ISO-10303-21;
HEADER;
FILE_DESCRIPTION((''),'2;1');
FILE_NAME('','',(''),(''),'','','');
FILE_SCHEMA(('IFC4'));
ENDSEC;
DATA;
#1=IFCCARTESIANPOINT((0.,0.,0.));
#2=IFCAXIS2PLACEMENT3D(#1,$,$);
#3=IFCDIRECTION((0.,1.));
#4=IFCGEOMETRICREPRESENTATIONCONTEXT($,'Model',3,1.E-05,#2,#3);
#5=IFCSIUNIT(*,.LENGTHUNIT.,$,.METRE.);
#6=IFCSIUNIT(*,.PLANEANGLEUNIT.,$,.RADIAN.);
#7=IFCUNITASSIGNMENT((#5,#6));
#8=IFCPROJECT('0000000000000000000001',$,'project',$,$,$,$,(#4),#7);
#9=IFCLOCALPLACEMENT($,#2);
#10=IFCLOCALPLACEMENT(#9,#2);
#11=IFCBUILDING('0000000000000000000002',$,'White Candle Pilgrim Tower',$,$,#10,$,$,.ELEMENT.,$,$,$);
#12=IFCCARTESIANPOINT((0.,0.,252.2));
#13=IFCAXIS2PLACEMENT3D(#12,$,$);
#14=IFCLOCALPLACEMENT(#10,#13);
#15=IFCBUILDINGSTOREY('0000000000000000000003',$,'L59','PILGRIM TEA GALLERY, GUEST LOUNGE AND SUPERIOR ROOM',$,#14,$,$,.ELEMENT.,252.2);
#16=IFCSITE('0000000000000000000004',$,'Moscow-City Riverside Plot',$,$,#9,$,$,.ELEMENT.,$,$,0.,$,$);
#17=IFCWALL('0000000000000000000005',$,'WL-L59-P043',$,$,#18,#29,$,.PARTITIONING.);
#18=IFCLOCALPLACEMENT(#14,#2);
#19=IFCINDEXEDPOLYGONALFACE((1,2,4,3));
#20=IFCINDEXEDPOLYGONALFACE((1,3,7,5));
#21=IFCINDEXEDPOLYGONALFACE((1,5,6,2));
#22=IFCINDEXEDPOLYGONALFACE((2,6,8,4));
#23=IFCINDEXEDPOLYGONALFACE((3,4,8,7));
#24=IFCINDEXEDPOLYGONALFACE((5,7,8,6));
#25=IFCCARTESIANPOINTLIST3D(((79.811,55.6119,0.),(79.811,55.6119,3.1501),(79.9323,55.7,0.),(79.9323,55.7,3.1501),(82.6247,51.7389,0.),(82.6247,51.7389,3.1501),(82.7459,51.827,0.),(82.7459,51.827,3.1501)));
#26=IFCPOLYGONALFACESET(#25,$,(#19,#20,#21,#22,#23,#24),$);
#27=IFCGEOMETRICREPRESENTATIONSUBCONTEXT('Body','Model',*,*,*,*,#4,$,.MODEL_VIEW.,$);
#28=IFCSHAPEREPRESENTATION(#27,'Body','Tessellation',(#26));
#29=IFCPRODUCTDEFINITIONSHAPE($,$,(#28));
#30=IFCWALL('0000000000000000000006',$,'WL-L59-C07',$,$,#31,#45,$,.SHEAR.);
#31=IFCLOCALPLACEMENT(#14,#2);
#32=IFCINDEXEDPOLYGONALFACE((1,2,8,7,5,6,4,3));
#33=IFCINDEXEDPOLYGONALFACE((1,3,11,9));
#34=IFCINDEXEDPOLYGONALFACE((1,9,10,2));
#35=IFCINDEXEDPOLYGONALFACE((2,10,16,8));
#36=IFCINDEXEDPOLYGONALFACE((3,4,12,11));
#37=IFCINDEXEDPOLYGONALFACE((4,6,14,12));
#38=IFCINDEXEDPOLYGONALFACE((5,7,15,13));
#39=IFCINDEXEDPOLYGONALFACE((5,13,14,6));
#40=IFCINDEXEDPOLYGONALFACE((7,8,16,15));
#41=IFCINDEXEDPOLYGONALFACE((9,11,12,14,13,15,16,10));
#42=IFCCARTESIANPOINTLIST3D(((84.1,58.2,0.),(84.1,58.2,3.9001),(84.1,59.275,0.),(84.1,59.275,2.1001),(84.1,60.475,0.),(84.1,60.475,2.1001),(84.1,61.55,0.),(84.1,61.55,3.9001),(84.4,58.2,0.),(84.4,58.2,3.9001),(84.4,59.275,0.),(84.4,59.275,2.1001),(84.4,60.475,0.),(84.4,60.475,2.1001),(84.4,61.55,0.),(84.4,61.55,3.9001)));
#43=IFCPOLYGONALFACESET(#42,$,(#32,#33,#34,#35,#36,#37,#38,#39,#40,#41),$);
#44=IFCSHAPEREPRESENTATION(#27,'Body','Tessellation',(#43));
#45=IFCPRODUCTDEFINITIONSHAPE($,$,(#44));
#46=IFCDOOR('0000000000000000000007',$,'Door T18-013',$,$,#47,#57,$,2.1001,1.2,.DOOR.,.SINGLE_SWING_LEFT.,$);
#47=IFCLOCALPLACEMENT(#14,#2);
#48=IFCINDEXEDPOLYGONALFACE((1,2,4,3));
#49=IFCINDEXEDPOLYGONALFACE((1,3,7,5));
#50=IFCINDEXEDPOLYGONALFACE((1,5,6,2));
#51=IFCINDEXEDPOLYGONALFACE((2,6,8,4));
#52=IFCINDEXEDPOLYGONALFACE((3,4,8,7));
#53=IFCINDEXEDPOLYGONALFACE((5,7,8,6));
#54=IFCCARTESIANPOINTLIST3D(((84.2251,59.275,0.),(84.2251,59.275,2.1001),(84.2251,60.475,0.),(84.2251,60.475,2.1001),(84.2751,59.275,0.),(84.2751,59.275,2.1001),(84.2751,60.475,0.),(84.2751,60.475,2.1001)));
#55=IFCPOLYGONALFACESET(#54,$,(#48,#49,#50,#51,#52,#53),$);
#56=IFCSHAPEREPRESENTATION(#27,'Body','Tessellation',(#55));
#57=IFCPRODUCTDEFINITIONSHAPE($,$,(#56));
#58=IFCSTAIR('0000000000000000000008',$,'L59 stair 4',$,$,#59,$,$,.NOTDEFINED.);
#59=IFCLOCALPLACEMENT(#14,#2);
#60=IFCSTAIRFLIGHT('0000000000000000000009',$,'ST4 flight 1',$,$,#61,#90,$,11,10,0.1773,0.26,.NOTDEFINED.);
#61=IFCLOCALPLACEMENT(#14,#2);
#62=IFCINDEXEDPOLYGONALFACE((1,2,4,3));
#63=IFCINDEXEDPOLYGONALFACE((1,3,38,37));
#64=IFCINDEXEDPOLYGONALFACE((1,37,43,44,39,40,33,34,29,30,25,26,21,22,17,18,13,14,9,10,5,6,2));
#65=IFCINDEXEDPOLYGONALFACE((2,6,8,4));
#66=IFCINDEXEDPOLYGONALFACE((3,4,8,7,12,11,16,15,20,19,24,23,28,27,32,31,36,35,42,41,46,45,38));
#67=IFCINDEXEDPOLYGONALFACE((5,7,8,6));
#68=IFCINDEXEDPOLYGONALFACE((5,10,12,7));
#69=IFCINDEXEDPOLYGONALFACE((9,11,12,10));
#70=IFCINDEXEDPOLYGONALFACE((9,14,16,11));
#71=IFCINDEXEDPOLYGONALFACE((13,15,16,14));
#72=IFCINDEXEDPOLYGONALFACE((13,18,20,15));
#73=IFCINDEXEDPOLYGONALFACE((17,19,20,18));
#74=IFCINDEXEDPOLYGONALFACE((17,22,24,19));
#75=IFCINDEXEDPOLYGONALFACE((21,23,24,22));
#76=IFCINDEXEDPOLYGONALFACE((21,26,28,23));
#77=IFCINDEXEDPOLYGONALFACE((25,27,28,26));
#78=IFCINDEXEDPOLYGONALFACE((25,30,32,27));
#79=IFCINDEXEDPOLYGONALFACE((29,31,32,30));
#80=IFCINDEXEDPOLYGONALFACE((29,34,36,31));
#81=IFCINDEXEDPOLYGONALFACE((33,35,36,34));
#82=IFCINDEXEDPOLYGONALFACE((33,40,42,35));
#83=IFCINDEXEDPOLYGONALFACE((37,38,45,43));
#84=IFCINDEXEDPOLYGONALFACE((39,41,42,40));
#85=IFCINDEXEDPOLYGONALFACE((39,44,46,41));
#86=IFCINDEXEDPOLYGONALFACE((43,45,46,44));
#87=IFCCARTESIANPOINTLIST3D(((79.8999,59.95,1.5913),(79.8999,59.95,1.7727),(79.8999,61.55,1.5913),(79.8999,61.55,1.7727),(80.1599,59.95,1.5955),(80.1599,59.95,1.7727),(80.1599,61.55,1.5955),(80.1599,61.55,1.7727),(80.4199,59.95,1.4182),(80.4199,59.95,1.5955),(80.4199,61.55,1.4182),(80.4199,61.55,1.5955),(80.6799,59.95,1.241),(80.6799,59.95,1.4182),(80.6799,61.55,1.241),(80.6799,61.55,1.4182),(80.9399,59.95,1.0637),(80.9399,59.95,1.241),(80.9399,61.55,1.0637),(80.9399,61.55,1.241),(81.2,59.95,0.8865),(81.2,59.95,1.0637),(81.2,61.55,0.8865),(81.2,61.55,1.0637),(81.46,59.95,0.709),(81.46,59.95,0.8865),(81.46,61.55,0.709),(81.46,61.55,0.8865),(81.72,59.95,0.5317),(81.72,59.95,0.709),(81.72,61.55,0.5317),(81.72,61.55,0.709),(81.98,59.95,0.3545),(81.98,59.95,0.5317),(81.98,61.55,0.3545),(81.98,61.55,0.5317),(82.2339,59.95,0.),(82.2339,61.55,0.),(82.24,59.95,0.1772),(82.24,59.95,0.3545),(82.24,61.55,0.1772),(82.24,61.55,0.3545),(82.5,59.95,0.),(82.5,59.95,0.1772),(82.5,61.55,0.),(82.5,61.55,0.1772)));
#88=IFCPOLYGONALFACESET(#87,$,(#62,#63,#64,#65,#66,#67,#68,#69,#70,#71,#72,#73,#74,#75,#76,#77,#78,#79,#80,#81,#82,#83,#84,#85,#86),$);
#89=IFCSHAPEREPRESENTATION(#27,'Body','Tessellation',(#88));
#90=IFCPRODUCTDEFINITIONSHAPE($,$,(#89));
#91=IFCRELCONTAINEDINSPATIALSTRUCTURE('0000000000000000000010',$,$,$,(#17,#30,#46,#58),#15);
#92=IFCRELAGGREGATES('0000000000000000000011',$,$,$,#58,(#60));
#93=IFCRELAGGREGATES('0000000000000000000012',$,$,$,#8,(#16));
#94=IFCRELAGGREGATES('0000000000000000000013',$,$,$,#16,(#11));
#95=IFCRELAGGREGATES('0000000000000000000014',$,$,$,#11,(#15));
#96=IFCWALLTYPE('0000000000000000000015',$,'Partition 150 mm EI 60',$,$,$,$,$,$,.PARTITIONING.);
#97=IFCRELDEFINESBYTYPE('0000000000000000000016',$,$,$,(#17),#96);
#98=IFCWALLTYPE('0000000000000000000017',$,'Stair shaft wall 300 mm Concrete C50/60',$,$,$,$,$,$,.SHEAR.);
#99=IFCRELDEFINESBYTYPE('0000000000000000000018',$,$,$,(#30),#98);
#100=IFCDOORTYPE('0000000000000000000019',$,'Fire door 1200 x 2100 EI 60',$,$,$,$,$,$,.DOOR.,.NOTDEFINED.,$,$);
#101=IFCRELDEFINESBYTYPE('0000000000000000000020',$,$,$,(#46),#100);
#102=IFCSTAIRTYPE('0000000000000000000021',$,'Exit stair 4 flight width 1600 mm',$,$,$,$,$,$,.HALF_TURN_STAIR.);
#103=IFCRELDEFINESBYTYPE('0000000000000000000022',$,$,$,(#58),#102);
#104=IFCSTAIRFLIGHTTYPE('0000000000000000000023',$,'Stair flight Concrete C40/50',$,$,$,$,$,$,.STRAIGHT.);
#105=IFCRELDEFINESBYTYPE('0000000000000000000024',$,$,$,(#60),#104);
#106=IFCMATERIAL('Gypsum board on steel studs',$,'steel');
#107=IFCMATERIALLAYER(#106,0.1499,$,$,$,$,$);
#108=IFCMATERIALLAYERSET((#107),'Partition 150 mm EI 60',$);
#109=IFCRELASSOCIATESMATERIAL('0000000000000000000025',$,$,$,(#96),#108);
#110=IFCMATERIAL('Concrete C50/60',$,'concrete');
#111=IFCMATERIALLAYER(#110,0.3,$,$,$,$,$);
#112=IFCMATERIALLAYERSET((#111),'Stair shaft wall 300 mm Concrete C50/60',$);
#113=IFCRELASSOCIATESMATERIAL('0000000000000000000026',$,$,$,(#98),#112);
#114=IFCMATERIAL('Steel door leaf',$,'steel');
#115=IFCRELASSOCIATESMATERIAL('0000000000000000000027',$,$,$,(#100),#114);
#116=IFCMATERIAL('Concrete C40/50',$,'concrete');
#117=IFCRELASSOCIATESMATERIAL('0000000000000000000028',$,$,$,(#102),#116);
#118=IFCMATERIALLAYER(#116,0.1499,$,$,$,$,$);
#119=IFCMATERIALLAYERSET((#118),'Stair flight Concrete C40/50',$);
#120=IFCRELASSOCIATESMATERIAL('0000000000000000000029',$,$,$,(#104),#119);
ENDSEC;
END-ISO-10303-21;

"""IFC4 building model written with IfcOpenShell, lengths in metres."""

from ifc_helpers import new_model, si_unit, direction, frame, frame_2d, origin, place, context, subcontext, project, spatial, polyline, rectangle, outline, extrude, material, layer, layer_set, type_object, element, fill, aggregate, save


model = new_model("IFC4")

# Units and contexts
model_context = context("Model", 3, precision=1e-05, world=origin(), true_north=direction((0.0, 1.0)))
body_context = subcontext(model_context, "Body", "Model", "MODEL_VIEW")
ifc_project = project(units=[si_unit("LENGTHUNIT", "METRE"), si_unit("PLANEANGLEUNIT", "RADIAN")], contexts=[model_context])

# Site, building, storey
site_placement = place(None, origin())
site = spatial("IfcSite", under=ifc_project, at=site_placement, Name="Moscow-City Riverside Plot", CompositionType="ELEMENT", RefElevation=0.0)
building_placement = place(site_placement, origin())
building = spatial("IfcBuilding", under=site, at=building_placement, Name="White Candle Pilgrim Tower", CompositionType="ELEMENT")
storey_placement = place(building_placement, frame((0.0, 0.0, 252.2)))
storey = spatial("IfcBuildingStorey", under=building, at=storey_placement, Name="L59", Description="PILGRIM TEA GALLERY, GUEST LOUNGE AND SUPERIOR ROOM", CompositionType="ELEMENT", Elevation=252.2)

# Shared definitions
ifc_material_1 = material(Name="Concrete C50/60", Category="concrete")

# Shared definitions
ifc_material_2 = material(Name="Gypsum board on steel studs", Category="steel")
ifc_material_3 = material(Name="Steel door leaf", Category="steel")

# Wall
ifc_layer_1 = layer(ifc_material_2, 0.1499)
ifc_layer_set_1 = layer_set([ifc_layer_1], Name="Partition 150 mm EI 60")
wall_type_1 = type_object("IfcWallType", Name="Partition 150 mm EI 60", PredefinedType="PARTITIONING", material=ifc_layer_set_1)
wall_1_placement = place(storey_placement, frame((82.6853, 51.783, 0.0), z_axis=(0.0, 0.0, 1.0), x_axis=(-0.587756, 0.809038, 0.0)))
element("IfcWall", 1, at=wall_1_placement, inside=storey, type_object=wall_type_1, Name="WL-L59-P043", PredefinedType="PARTITIONING", context=body_context, shape_type="SweptSolid", body=[
    extrude(rectangle(XDim=4.7871, YDim=0.1499, at=frame_2d((2.3936, 0.0))), origin(), (0.0, 0.0, 1.0), 3.1501),
])

# Wall, opening, door
ifc_layer_2 = layer(ifc_material_1, 0.3)
ifc_layer_set_2 = layer_set([ifc_layer_2], Name="Stair shaft wall 300 mm Concrete C50/60")
wall_type_2 = type_object("IfcWallType", Name="Stair shaft wall 300 mm Concrete C50/60", PredefinedType="SHEAR", material=ifc_layer_set_2)
wall_2_placement = place(storey_placement, frame((84.25, 58.2, 0.0), z_axis=(0.0, 0.0, 1.0), x_axis=(0.0, 1.0, 0.0)))
wall_2 = element("IfcWall", 2, at=wall_2_placement, inside=storey, type_object=wall_type_2, Name="WL-L59-C07", PredefinedType="SHEAR", context=body_context, shape_type="SweptSolid", body=[
    extrude(rectangle(XDim=3.3501, YDim=0.3, at=frame_2d((1.675, 0.0))), origin(), (0.0, 0.0, 1.0), 3.9001),
])
opening_1_placement = place(wall_2_placement, frame((1.075, 0.0, 0.0)))
opening_1 = element("IfcOpeningElement", 3, at=opening_1_placement, cuts=wall_2, PredefinedType="OPENING", context=body_context, shape_type="SweptSolid", body=[
    extrude(rectangle(XDim=1.2, YDim=2.1001, at=frame_2d((0.6001, 1.05))), frame((0.0, 0.1599, 0.0), z_axis=(0.0, -1.0, 0.0), x_axis=(1.0, 0.0, 0.0)), (0.0, 0.0, 1.0), 0.3201),
])
door_type_1 = type_object("IfcDoorType", Name="Fire door 1200 x 2100 EI 60", OperationType="NOTDEFINED", PredefinedType="DOOR", material=ifc_material_3)
door_1_placement = place(opening_1_placement, origin())
door_1 = element("IfcDoor", 4, at=door_1_placement, inside=storey, type_object=door_type_1, Name="Door T18-013", OperationType="SINGLE_SWING_LEFT", OverallHeight=2.1001, OverallWidth=1.2, PredefinedType="DOOR", context=body_context, shape_type="SweptSolid", body=[
    extrude(rectangle(XDim=1.2, YDim=2.1001, at=frame_2d((0.6001, 1.05))), frame((0.0, 0.0249, 0.0), z_axis=(0.0, -1.0, 0.0), x_axis=(1.0, 0.0, 0.0)), (0.0, 0.0, 1.0), 0.05),
])
fill(opening_1, door_1)

# Stair, stair flight
ifc_material_4 = material(Name="Concrete C40/50", Category="concrete")
stair_type = type_object("IfcStairType", Name="Exit stair 4 flight width 1600 mm", PredefinedType="HALF_TURN_STAIR", material=ifc_material_4)
stair_placement = place(storey_placement, origin())
stair = element("IfcStair", 5, at=stair_placement, inside=storey, type_object=stair_type, Name="L59 stair 4", PredefinedType="NOTDEFINED")
ifc_layer_3 = layer(ifc_material_4, 0.1499)
ifc_layer_set_3 = layer_set([ifc_layer_3], Name="Stair flight Concrete C40/50")
stair_flight_type = type_object("IfcStairFlightType", Name="Stair flight Concrete C40/50", PredefinedType="STRAIGHT", material=ifc_layer_set_3)
stair_flight_placement = place(storey_placement, frame((82.5, 60.75, 0.0), z_axis=(0.0, 0.0, 1.0), x_axis=(-1.0, 0.0, 0.0)))
stair_flight = element("IfcStairFlight", 6, at=stair_flight_placement, type_object=stair_flight_type, Name="ST4 flight 1", NumberOfRisers=11, NumberOfTreads=10, PredefinedType="NOTDEFINED", RiserHeight=0.1773, TreadLength=0.26, context=body_context, shape_type="SweptSolid", body=[
    extrude(outline(polyline([(0.0, 0.0), (0.0, 0.1772), (0.26, 0.1772), (0.26, 0.3545), (0.52, 0.3545), (0.52, 0.5317), (0.78, 0.5317), (0.78, 0.709), (1.04, 0.709), (1.04, 0.8865), (1.3, 0.8865), (1.3, 1.0637), (1.5601, 1.0637), (1.5601, 1.241), (1.8201, 1.241), (1.8201, 1.4182), (2.0801, 1.4182), (2.0801, 1.5955), (2.3401, 1.5955), (2.3401, 1.7727), (2.6001, 1.7727), (2.6001, 1.95), (2.6001, 1.5913), (0.2661, 0.0), (0.0, 0.0)])), frame((0.0, 0.8, 0.0), z_axis=(0.0, -1.0, 0.0), x_axis=(1.0, 0.0, 0.0)), (0.0, 0.0, 1.0), 1.6001),
])
aggregate(stair, [stair_flight])

save(model, "model.ifc")
